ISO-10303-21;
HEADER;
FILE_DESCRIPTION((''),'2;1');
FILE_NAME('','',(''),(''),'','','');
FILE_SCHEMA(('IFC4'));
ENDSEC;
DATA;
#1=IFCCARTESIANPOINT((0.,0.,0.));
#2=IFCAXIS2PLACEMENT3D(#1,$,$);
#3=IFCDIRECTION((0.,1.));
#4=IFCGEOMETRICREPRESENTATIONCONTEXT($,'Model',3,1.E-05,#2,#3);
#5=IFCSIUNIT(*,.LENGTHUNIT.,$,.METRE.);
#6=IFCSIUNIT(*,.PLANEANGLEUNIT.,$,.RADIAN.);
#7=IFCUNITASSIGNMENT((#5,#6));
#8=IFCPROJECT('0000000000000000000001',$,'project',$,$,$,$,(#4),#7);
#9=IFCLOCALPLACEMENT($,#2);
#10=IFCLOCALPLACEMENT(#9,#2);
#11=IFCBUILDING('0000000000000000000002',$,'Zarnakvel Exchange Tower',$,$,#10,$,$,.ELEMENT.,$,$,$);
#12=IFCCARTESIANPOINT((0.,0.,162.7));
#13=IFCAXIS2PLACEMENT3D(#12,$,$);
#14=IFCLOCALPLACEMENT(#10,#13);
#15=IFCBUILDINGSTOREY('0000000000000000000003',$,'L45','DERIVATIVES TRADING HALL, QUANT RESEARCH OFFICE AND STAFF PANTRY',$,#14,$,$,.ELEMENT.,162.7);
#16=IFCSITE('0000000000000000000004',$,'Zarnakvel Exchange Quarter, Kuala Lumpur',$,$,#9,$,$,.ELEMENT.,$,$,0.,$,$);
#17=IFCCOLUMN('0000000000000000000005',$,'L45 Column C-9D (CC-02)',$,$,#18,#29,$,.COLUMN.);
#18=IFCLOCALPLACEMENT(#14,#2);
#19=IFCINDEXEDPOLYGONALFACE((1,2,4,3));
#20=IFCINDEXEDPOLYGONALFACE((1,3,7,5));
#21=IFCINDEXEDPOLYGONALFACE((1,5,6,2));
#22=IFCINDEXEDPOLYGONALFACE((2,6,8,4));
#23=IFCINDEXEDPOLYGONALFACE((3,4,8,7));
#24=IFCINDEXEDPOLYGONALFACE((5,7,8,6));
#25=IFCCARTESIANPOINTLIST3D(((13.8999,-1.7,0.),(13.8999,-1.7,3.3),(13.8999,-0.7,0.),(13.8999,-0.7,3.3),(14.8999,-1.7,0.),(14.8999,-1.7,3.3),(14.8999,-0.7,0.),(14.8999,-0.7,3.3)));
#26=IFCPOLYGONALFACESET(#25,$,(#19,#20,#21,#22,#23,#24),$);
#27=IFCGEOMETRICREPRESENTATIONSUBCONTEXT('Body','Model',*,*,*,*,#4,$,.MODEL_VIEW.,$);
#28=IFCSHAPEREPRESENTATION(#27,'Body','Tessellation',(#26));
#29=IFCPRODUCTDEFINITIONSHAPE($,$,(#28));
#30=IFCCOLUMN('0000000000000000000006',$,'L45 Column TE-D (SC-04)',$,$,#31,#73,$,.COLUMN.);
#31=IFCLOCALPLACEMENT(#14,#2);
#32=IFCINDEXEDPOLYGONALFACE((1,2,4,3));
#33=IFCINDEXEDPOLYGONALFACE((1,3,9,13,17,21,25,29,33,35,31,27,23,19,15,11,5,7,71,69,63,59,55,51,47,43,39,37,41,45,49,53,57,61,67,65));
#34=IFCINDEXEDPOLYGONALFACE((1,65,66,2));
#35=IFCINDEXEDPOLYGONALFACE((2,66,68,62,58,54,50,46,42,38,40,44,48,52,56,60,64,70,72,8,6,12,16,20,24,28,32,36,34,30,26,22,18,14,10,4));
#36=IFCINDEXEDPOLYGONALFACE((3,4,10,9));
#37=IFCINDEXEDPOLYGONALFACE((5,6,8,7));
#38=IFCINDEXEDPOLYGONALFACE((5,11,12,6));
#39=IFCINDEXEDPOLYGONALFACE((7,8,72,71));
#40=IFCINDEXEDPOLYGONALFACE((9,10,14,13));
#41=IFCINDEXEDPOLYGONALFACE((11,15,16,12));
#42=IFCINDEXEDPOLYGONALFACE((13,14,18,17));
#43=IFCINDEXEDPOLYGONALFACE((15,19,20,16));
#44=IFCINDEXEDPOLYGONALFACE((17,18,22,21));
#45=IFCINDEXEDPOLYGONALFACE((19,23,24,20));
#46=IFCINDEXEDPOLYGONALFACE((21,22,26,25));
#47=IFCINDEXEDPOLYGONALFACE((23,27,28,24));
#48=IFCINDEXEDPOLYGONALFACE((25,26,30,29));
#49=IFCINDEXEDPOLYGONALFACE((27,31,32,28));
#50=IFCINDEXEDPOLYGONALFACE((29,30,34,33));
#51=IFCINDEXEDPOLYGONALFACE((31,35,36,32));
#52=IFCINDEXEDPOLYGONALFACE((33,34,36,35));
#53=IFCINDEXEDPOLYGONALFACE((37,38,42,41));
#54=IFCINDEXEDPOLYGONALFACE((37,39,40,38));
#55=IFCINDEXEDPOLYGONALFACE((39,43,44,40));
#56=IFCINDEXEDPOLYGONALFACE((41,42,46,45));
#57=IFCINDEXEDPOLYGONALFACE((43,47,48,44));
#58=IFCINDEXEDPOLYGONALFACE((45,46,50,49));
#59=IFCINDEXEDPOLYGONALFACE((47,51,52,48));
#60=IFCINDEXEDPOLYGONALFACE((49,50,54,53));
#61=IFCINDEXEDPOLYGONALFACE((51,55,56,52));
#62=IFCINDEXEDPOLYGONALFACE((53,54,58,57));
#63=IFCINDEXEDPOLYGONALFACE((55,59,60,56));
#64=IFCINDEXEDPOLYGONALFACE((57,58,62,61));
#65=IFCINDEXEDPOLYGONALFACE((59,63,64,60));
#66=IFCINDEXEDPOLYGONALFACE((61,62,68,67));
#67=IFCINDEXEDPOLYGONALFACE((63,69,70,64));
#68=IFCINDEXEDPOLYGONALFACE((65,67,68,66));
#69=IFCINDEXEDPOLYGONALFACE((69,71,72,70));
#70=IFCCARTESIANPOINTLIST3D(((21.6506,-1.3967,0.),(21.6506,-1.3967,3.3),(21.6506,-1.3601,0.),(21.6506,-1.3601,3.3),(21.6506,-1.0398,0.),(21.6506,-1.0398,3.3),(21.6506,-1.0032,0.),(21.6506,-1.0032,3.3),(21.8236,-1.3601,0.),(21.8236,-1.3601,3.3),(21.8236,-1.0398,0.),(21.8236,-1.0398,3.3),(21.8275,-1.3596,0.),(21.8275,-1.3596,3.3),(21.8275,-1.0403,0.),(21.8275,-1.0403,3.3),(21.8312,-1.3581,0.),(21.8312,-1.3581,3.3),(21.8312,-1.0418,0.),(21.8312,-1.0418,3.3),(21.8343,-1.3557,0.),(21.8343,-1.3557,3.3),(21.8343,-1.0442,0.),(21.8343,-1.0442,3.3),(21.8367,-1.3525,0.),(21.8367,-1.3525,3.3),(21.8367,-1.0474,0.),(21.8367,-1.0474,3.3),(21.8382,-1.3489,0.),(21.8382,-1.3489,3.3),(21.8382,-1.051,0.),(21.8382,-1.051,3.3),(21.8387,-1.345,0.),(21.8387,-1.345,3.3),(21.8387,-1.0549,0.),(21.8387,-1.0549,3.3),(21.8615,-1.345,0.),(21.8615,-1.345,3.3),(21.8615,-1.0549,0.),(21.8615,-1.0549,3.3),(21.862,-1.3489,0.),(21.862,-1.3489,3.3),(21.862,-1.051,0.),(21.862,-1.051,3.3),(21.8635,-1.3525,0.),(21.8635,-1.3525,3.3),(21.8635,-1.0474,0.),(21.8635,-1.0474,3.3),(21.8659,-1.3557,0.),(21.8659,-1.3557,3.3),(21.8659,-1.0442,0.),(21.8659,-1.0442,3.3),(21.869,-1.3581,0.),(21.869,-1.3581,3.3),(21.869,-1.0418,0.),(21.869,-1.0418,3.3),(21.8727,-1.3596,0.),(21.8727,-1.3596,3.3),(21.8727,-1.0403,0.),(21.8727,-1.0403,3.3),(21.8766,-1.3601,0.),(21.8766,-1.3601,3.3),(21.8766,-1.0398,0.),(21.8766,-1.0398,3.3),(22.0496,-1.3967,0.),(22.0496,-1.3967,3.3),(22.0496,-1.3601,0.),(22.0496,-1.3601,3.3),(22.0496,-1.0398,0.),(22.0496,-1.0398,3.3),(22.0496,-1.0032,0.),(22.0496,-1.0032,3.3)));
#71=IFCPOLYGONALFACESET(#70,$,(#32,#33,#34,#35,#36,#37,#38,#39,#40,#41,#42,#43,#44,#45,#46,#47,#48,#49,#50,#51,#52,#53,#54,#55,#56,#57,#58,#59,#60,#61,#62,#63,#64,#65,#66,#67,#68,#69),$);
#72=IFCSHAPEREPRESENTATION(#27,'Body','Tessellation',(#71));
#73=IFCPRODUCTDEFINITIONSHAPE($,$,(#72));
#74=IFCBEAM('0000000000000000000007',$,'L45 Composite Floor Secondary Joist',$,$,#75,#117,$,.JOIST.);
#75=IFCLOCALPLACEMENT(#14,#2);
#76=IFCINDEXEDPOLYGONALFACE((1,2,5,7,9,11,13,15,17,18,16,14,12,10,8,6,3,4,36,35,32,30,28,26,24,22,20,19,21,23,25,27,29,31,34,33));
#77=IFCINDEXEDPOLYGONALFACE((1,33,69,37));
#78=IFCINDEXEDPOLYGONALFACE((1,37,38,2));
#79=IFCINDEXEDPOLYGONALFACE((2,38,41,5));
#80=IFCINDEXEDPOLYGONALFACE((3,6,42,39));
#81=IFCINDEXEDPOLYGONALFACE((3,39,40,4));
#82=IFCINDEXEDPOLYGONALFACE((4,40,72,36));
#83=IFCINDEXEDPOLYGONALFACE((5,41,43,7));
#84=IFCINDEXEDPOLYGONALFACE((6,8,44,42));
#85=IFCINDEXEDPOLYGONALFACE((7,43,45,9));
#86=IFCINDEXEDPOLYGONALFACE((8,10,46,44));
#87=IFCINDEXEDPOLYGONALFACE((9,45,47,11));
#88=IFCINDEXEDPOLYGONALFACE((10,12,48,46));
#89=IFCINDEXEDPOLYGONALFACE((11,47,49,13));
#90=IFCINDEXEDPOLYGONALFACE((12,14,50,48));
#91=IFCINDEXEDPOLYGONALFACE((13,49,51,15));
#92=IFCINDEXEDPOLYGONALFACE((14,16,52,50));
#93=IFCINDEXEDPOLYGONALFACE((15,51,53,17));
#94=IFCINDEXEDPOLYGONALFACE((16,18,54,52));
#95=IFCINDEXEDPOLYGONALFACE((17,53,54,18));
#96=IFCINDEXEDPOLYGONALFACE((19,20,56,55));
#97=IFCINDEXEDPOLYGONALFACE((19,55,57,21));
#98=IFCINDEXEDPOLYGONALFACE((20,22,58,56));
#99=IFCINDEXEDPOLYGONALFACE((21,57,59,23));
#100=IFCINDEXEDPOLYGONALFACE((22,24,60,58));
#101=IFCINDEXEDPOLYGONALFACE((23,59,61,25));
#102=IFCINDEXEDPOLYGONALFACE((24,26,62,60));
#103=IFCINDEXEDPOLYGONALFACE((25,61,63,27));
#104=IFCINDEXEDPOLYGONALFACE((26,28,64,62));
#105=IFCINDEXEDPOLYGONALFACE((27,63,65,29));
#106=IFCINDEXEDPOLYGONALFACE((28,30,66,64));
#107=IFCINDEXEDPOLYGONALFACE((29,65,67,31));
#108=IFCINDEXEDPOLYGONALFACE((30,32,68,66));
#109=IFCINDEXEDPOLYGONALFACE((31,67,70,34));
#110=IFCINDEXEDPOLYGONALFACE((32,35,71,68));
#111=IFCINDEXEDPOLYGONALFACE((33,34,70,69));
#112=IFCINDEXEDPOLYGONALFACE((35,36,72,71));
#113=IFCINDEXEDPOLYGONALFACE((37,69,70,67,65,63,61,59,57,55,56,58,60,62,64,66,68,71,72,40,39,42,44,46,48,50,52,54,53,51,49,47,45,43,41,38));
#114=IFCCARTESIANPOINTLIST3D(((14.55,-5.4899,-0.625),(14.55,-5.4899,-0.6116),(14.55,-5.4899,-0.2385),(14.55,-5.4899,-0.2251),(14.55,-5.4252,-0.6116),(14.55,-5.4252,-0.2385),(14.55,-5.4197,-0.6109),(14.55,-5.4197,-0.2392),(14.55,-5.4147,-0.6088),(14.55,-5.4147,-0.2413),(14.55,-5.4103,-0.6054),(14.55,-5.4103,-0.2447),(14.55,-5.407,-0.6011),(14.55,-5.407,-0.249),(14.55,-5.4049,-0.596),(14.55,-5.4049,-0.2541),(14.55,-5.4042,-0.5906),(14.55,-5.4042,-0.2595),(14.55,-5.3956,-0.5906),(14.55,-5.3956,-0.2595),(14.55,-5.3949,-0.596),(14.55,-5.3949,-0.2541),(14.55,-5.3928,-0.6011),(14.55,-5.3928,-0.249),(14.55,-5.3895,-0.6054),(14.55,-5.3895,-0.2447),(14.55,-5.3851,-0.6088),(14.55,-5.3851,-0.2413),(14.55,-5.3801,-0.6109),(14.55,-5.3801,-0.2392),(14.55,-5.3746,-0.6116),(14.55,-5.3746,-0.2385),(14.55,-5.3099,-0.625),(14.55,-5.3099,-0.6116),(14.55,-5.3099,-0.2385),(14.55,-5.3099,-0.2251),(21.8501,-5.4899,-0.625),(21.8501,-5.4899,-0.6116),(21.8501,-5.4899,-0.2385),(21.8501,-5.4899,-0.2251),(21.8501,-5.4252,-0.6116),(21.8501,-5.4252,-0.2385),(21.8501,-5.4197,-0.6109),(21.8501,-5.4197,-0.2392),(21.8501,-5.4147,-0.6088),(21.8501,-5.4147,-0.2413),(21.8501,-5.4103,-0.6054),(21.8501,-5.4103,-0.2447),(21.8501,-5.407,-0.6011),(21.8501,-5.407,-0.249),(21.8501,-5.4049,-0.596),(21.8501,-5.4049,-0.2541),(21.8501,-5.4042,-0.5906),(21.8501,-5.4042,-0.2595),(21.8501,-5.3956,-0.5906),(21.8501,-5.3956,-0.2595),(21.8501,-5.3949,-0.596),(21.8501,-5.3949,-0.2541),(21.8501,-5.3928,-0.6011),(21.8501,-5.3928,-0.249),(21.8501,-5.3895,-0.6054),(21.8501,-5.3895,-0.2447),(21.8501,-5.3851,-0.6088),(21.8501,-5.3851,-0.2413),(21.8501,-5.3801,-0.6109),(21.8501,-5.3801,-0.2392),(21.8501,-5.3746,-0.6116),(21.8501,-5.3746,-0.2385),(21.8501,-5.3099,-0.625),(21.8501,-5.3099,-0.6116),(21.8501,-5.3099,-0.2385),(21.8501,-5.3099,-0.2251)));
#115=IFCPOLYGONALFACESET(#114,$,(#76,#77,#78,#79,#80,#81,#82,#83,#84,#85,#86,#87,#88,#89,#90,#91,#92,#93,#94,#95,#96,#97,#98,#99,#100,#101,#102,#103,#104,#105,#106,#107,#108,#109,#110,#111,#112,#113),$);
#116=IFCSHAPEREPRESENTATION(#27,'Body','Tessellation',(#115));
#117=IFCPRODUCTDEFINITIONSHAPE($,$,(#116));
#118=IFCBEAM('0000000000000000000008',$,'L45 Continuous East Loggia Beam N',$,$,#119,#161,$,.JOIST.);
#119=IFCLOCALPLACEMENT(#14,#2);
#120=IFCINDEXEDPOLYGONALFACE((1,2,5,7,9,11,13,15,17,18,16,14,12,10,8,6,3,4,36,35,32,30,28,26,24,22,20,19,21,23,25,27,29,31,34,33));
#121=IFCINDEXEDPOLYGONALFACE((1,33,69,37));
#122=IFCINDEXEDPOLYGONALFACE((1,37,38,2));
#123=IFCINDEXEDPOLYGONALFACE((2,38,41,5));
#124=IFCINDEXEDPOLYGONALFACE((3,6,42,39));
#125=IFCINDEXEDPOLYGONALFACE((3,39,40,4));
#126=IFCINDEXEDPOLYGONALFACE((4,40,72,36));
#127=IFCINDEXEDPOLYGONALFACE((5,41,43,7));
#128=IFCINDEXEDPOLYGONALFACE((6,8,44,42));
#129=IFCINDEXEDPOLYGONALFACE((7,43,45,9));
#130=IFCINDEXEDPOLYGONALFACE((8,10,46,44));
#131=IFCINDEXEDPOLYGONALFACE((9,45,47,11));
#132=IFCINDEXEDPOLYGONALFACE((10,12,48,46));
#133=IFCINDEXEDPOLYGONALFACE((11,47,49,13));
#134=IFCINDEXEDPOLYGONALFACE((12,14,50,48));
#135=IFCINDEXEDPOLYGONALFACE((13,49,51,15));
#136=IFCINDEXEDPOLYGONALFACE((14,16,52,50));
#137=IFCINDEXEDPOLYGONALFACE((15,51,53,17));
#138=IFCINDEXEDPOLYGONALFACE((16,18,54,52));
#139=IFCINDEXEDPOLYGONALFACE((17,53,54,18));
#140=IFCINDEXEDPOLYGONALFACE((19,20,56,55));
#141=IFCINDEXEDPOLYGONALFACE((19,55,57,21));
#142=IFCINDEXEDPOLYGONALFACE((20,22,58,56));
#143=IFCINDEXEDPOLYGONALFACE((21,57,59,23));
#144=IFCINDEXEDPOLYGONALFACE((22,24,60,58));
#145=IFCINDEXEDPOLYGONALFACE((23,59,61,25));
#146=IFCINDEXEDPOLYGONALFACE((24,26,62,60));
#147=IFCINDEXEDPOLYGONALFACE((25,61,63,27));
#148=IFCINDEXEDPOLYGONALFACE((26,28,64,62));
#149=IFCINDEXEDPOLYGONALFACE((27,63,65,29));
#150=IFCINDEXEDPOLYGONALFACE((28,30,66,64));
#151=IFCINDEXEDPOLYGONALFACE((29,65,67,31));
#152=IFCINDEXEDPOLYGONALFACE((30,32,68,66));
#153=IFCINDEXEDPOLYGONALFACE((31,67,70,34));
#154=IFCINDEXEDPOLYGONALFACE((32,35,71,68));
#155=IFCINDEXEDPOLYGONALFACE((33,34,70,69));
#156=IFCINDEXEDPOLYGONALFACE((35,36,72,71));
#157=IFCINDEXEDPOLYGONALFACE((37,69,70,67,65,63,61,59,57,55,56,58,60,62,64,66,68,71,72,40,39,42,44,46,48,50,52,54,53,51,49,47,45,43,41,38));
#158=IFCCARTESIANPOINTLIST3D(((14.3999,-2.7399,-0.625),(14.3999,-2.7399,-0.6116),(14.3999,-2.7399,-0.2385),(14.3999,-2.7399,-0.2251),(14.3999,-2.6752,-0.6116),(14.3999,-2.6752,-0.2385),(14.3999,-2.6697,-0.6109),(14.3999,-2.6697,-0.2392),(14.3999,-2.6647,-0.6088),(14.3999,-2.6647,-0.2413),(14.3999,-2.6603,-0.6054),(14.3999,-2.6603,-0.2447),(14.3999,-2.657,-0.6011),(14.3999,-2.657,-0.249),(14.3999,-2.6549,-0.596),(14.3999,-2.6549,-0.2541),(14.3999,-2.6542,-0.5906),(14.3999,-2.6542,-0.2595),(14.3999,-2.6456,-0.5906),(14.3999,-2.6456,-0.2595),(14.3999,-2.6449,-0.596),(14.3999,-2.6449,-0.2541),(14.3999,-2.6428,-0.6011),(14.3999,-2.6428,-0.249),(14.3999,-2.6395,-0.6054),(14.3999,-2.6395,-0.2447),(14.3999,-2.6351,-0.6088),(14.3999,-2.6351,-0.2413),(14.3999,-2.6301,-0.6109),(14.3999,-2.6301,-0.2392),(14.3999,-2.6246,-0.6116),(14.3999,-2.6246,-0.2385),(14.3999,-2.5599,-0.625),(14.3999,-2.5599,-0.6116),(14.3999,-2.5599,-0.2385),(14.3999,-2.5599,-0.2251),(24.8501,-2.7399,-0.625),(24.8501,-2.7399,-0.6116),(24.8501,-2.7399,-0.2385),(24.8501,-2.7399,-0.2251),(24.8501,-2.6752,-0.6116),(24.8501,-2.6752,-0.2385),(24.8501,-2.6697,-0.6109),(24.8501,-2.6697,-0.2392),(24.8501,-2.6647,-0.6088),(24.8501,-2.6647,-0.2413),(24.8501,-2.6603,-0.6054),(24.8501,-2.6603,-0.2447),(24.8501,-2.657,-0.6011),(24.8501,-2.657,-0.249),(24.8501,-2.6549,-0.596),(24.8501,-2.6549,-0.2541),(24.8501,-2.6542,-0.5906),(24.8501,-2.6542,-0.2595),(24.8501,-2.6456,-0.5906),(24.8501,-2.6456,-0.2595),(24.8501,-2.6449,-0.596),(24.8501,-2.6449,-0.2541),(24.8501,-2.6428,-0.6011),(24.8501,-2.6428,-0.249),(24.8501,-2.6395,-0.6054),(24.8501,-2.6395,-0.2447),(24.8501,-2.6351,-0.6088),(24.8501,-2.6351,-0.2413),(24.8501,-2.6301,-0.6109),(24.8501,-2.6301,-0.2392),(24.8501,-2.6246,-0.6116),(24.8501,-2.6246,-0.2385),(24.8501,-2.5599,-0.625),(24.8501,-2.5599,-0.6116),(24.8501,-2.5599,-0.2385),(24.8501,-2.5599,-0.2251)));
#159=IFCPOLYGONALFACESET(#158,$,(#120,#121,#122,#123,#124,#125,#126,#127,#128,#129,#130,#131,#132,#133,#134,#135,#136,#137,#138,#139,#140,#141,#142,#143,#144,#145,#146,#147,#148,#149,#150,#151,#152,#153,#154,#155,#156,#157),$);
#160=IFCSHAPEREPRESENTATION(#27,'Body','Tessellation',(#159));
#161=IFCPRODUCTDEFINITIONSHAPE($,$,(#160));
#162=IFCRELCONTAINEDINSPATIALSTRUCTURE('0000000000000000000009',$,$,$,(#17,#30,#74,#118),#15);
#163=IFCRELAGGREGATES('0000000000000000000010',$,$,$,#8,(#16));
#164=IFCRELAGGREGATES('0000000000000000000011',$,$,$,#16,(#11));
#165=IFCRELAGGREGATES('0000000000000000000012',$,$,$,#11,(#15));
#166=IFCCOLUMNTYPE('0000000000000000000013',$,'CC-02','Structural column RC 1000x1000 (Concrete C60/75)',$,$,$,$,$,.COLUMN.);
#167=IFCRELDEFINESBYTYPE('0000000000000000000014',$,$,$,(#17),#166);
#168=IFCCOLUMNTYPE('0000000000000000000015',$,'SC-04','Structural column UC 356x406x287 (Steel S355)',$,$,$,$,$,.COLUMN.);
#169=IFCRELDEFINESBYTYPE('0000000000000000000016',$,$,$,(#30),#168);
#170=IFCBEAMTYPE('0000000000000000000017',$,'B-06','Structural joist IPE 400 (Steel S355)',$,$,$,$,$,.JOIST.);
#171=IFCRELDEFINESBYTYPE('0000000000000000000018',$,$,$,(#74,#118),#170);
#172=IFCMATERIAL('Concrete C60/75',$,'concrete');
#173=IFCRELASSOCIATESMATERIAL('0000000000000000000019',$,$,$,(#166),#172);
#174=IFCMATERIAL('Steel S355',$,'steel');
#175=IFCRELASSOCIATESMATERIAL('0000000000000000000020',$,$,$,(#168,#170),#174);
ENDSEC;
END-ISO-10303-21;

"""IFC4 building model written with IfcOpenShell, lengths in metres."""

from ifc_helpers import new_model, si_unit, direction, frame, origin, origin_2d, place, context, subcontext, project, spatial, rectangle, i_section, extrude, material, material_profile, profile_set, type_object, element, save


model = new_model("IFC4")

# Units and contexts
model_context = context("Model", 3, precision=1e-05, world=origin(), true_north=direction((0.0, 1.0)))
body_context = subcontext(model_context, "Body", "Model", "MODEL_VIEW")
ifc_project = project(units=[si_unit("LENGTHUNIT", "METRE"), si_unit("PLANEANGLEUNIT", "RADIAN")], contexts=[model_context])

# Site, building, storey
site_placement = place(None, origin())
site = spatial("IfcSite", under=ifc_project, at=site_placement, Name="Zarnakvel Exchange Quarter, Kuala Lumpur", CompositionType="ELEMENT", RefElevation=0.0)
building_placement = place(site_placement, origin())
building = spatial("IfcBuilding", under=site, at=building_placement, Name="Zarnakvel Exchange Tower", CompositionType="ELEMENT")
storey_placement = place(building_placement, frame((0.0, 0.0, 162.7)))
storey = spatial("IfcBuildingStorey", under=building, at=storey_placement, Name="L45", Description="DERIVATIVES TRADING HALL, QUANT RESEARCH OFFICE AND STAFF PANTRY", CompositionType="ELEMENT", Elevation=162.7)

# Columns
ifc_material_1 = material(Name="Concrete C60/75", Category="concrete")
ifc_material_profile_1 = material_profile(ifc_material_1, rectangle(XDim=1.0, YDim=1.0, at=origin_2d()))
ifc_profile_set_1 = profile_set([ifc_material_profile_1], Name="Concrete C60/75")
column_type_1 = type_object("IfcColumnType", Name="CC-02", Description="Structural column RC 1000x1000 (Concrete C60/75)", PredefinedType="COLUMN", material=ifc_profile_set_1)
column_1_placement = place(storey_placement, frame((14.3999, -1.2, 0.0), z_axis=(0.0, 0.0, 1.0), x_axis=(1.0, 0.0, 0.0)))
element("IfcColumn", 1, at=column_1_placement, inside=storey, type_object=column_type_1, Name="L45 Column C-9D (CC-02)", PredefinedType="COLUMN", context=body_context, shape_type="SweptSolid", body=[
    extrude(rectangle(XDim=1.0, YDim=1.0, at=origin_2d()), origin(), (0.0, 0.0, 1.0), 3.3),
])
ifc_material_2 = material(Name="Steel S355", Category="steel")
ifc_material_profile_2 = material_profile(ifc_material_2, i_section(OverallWidth=0.3989, OverallDepth=0.3936, WebThickness=0.0227, FlangeThickness=0.0366, FilletRadius=0.0151, at=origin_2d()))
ifc_profile_set_2 = profile_set([ifc_material_profile_2], Name="Steel S355")
column_type_2 = type_object("IfcColumnType", Name="SC-04", Description="Structural column UC 356x406x287 (Steel S355)", PredefinedType="COLUMN", material=ifc_profile_set_2)
column_2_placement = place(storey_placement, frame((21.8501, -1.2, 0.0), z_axis=(0.0, 0.0, 1.0), x_axis=(1.0, 0.0, 0.0)))
element("IfcColumn", 2, at=column_2_placement, inside=storey, type_object=column_type_2, Name="L45 Column TE-D (SC-04)", PredefinedType="COLUMN", context=body_context, shape_type="SweptSolid", body=[
    extrude(i_section(OverallWidth=0.3989, OverallDepth=0.3936, WebThickness=0.0227, FlangeThickness=0.0366, FilletRadius=0.0151, at=origin_2d()), origin(), (0.0, 0.0, 1.0), 3.3),
])

# Beams
ifc_material_profile_3 = material_profile(ifc_material_2, i_section(OverallWidth=0.1799, OverallDepth=0.3999, WebThickness=0.0085, FlangeThickness=0.0134, FilletRadius=0.021, at=origin_2d()))
ifc_profile_set_3 = profile_set([ifc_material_profile_3], Name="Steel S355")
beam_type_1 = type_object("IfcBeamType", Name="B-06", Description="Structural joist IPE 400 (Steel S355)", PredefinedType="JOIST", material=ifc_profile_set_3)
beam_1_placement = place(storey_placement, frame((14.55, -5.3999, -0.425), z_axis=(1.0, 0.0, 0.0), x_axis=(0.0, 1.0, 0.0)))
element("IfcBeam", 3, at=beam_1_placement, inside=storey, type_object=beam_type_1, Name="L45 Composite Floor Secondary Joist", PredefinedType="JOIST", context=body_context, shape_type="SweptSolid", body=[
    extrude(i_section(OverallWidth=0.1799, OverallDepth=0.3999, WebThickness=0.0085, FlangeThickness=0.0134, FilletRadius=0.021, at=origin_2d()), origin(), (0.0, 0.0, 1.0), 7.3),
])
beam_2_placement = place(storey_placement, frame((14.3999, -2.6499, -0.425), z_axis=(1.0, 0.0, 0.0), x_axis=(0.0, 1.0, 0.0)))
element("IfcBeam", 4, at=beam_2_placement, inside=storey, type_object=beam_type_1, Name="L45 Continuous East Loggia Beam N", PredefinedType="JOIST", context=body_context, shape_type="SweptSolid", body=[
    extrude(i_section(OverallWidth=0.1799, OverallDepth=0.3999, WebThickness=0.0085, FlangeThickness=0.0134, FilletRadius=0.021, at=origin_2d()), origin(), (0.0, 0.0, 1.0), 10.4502),
])

save(model, "model.ifc")
